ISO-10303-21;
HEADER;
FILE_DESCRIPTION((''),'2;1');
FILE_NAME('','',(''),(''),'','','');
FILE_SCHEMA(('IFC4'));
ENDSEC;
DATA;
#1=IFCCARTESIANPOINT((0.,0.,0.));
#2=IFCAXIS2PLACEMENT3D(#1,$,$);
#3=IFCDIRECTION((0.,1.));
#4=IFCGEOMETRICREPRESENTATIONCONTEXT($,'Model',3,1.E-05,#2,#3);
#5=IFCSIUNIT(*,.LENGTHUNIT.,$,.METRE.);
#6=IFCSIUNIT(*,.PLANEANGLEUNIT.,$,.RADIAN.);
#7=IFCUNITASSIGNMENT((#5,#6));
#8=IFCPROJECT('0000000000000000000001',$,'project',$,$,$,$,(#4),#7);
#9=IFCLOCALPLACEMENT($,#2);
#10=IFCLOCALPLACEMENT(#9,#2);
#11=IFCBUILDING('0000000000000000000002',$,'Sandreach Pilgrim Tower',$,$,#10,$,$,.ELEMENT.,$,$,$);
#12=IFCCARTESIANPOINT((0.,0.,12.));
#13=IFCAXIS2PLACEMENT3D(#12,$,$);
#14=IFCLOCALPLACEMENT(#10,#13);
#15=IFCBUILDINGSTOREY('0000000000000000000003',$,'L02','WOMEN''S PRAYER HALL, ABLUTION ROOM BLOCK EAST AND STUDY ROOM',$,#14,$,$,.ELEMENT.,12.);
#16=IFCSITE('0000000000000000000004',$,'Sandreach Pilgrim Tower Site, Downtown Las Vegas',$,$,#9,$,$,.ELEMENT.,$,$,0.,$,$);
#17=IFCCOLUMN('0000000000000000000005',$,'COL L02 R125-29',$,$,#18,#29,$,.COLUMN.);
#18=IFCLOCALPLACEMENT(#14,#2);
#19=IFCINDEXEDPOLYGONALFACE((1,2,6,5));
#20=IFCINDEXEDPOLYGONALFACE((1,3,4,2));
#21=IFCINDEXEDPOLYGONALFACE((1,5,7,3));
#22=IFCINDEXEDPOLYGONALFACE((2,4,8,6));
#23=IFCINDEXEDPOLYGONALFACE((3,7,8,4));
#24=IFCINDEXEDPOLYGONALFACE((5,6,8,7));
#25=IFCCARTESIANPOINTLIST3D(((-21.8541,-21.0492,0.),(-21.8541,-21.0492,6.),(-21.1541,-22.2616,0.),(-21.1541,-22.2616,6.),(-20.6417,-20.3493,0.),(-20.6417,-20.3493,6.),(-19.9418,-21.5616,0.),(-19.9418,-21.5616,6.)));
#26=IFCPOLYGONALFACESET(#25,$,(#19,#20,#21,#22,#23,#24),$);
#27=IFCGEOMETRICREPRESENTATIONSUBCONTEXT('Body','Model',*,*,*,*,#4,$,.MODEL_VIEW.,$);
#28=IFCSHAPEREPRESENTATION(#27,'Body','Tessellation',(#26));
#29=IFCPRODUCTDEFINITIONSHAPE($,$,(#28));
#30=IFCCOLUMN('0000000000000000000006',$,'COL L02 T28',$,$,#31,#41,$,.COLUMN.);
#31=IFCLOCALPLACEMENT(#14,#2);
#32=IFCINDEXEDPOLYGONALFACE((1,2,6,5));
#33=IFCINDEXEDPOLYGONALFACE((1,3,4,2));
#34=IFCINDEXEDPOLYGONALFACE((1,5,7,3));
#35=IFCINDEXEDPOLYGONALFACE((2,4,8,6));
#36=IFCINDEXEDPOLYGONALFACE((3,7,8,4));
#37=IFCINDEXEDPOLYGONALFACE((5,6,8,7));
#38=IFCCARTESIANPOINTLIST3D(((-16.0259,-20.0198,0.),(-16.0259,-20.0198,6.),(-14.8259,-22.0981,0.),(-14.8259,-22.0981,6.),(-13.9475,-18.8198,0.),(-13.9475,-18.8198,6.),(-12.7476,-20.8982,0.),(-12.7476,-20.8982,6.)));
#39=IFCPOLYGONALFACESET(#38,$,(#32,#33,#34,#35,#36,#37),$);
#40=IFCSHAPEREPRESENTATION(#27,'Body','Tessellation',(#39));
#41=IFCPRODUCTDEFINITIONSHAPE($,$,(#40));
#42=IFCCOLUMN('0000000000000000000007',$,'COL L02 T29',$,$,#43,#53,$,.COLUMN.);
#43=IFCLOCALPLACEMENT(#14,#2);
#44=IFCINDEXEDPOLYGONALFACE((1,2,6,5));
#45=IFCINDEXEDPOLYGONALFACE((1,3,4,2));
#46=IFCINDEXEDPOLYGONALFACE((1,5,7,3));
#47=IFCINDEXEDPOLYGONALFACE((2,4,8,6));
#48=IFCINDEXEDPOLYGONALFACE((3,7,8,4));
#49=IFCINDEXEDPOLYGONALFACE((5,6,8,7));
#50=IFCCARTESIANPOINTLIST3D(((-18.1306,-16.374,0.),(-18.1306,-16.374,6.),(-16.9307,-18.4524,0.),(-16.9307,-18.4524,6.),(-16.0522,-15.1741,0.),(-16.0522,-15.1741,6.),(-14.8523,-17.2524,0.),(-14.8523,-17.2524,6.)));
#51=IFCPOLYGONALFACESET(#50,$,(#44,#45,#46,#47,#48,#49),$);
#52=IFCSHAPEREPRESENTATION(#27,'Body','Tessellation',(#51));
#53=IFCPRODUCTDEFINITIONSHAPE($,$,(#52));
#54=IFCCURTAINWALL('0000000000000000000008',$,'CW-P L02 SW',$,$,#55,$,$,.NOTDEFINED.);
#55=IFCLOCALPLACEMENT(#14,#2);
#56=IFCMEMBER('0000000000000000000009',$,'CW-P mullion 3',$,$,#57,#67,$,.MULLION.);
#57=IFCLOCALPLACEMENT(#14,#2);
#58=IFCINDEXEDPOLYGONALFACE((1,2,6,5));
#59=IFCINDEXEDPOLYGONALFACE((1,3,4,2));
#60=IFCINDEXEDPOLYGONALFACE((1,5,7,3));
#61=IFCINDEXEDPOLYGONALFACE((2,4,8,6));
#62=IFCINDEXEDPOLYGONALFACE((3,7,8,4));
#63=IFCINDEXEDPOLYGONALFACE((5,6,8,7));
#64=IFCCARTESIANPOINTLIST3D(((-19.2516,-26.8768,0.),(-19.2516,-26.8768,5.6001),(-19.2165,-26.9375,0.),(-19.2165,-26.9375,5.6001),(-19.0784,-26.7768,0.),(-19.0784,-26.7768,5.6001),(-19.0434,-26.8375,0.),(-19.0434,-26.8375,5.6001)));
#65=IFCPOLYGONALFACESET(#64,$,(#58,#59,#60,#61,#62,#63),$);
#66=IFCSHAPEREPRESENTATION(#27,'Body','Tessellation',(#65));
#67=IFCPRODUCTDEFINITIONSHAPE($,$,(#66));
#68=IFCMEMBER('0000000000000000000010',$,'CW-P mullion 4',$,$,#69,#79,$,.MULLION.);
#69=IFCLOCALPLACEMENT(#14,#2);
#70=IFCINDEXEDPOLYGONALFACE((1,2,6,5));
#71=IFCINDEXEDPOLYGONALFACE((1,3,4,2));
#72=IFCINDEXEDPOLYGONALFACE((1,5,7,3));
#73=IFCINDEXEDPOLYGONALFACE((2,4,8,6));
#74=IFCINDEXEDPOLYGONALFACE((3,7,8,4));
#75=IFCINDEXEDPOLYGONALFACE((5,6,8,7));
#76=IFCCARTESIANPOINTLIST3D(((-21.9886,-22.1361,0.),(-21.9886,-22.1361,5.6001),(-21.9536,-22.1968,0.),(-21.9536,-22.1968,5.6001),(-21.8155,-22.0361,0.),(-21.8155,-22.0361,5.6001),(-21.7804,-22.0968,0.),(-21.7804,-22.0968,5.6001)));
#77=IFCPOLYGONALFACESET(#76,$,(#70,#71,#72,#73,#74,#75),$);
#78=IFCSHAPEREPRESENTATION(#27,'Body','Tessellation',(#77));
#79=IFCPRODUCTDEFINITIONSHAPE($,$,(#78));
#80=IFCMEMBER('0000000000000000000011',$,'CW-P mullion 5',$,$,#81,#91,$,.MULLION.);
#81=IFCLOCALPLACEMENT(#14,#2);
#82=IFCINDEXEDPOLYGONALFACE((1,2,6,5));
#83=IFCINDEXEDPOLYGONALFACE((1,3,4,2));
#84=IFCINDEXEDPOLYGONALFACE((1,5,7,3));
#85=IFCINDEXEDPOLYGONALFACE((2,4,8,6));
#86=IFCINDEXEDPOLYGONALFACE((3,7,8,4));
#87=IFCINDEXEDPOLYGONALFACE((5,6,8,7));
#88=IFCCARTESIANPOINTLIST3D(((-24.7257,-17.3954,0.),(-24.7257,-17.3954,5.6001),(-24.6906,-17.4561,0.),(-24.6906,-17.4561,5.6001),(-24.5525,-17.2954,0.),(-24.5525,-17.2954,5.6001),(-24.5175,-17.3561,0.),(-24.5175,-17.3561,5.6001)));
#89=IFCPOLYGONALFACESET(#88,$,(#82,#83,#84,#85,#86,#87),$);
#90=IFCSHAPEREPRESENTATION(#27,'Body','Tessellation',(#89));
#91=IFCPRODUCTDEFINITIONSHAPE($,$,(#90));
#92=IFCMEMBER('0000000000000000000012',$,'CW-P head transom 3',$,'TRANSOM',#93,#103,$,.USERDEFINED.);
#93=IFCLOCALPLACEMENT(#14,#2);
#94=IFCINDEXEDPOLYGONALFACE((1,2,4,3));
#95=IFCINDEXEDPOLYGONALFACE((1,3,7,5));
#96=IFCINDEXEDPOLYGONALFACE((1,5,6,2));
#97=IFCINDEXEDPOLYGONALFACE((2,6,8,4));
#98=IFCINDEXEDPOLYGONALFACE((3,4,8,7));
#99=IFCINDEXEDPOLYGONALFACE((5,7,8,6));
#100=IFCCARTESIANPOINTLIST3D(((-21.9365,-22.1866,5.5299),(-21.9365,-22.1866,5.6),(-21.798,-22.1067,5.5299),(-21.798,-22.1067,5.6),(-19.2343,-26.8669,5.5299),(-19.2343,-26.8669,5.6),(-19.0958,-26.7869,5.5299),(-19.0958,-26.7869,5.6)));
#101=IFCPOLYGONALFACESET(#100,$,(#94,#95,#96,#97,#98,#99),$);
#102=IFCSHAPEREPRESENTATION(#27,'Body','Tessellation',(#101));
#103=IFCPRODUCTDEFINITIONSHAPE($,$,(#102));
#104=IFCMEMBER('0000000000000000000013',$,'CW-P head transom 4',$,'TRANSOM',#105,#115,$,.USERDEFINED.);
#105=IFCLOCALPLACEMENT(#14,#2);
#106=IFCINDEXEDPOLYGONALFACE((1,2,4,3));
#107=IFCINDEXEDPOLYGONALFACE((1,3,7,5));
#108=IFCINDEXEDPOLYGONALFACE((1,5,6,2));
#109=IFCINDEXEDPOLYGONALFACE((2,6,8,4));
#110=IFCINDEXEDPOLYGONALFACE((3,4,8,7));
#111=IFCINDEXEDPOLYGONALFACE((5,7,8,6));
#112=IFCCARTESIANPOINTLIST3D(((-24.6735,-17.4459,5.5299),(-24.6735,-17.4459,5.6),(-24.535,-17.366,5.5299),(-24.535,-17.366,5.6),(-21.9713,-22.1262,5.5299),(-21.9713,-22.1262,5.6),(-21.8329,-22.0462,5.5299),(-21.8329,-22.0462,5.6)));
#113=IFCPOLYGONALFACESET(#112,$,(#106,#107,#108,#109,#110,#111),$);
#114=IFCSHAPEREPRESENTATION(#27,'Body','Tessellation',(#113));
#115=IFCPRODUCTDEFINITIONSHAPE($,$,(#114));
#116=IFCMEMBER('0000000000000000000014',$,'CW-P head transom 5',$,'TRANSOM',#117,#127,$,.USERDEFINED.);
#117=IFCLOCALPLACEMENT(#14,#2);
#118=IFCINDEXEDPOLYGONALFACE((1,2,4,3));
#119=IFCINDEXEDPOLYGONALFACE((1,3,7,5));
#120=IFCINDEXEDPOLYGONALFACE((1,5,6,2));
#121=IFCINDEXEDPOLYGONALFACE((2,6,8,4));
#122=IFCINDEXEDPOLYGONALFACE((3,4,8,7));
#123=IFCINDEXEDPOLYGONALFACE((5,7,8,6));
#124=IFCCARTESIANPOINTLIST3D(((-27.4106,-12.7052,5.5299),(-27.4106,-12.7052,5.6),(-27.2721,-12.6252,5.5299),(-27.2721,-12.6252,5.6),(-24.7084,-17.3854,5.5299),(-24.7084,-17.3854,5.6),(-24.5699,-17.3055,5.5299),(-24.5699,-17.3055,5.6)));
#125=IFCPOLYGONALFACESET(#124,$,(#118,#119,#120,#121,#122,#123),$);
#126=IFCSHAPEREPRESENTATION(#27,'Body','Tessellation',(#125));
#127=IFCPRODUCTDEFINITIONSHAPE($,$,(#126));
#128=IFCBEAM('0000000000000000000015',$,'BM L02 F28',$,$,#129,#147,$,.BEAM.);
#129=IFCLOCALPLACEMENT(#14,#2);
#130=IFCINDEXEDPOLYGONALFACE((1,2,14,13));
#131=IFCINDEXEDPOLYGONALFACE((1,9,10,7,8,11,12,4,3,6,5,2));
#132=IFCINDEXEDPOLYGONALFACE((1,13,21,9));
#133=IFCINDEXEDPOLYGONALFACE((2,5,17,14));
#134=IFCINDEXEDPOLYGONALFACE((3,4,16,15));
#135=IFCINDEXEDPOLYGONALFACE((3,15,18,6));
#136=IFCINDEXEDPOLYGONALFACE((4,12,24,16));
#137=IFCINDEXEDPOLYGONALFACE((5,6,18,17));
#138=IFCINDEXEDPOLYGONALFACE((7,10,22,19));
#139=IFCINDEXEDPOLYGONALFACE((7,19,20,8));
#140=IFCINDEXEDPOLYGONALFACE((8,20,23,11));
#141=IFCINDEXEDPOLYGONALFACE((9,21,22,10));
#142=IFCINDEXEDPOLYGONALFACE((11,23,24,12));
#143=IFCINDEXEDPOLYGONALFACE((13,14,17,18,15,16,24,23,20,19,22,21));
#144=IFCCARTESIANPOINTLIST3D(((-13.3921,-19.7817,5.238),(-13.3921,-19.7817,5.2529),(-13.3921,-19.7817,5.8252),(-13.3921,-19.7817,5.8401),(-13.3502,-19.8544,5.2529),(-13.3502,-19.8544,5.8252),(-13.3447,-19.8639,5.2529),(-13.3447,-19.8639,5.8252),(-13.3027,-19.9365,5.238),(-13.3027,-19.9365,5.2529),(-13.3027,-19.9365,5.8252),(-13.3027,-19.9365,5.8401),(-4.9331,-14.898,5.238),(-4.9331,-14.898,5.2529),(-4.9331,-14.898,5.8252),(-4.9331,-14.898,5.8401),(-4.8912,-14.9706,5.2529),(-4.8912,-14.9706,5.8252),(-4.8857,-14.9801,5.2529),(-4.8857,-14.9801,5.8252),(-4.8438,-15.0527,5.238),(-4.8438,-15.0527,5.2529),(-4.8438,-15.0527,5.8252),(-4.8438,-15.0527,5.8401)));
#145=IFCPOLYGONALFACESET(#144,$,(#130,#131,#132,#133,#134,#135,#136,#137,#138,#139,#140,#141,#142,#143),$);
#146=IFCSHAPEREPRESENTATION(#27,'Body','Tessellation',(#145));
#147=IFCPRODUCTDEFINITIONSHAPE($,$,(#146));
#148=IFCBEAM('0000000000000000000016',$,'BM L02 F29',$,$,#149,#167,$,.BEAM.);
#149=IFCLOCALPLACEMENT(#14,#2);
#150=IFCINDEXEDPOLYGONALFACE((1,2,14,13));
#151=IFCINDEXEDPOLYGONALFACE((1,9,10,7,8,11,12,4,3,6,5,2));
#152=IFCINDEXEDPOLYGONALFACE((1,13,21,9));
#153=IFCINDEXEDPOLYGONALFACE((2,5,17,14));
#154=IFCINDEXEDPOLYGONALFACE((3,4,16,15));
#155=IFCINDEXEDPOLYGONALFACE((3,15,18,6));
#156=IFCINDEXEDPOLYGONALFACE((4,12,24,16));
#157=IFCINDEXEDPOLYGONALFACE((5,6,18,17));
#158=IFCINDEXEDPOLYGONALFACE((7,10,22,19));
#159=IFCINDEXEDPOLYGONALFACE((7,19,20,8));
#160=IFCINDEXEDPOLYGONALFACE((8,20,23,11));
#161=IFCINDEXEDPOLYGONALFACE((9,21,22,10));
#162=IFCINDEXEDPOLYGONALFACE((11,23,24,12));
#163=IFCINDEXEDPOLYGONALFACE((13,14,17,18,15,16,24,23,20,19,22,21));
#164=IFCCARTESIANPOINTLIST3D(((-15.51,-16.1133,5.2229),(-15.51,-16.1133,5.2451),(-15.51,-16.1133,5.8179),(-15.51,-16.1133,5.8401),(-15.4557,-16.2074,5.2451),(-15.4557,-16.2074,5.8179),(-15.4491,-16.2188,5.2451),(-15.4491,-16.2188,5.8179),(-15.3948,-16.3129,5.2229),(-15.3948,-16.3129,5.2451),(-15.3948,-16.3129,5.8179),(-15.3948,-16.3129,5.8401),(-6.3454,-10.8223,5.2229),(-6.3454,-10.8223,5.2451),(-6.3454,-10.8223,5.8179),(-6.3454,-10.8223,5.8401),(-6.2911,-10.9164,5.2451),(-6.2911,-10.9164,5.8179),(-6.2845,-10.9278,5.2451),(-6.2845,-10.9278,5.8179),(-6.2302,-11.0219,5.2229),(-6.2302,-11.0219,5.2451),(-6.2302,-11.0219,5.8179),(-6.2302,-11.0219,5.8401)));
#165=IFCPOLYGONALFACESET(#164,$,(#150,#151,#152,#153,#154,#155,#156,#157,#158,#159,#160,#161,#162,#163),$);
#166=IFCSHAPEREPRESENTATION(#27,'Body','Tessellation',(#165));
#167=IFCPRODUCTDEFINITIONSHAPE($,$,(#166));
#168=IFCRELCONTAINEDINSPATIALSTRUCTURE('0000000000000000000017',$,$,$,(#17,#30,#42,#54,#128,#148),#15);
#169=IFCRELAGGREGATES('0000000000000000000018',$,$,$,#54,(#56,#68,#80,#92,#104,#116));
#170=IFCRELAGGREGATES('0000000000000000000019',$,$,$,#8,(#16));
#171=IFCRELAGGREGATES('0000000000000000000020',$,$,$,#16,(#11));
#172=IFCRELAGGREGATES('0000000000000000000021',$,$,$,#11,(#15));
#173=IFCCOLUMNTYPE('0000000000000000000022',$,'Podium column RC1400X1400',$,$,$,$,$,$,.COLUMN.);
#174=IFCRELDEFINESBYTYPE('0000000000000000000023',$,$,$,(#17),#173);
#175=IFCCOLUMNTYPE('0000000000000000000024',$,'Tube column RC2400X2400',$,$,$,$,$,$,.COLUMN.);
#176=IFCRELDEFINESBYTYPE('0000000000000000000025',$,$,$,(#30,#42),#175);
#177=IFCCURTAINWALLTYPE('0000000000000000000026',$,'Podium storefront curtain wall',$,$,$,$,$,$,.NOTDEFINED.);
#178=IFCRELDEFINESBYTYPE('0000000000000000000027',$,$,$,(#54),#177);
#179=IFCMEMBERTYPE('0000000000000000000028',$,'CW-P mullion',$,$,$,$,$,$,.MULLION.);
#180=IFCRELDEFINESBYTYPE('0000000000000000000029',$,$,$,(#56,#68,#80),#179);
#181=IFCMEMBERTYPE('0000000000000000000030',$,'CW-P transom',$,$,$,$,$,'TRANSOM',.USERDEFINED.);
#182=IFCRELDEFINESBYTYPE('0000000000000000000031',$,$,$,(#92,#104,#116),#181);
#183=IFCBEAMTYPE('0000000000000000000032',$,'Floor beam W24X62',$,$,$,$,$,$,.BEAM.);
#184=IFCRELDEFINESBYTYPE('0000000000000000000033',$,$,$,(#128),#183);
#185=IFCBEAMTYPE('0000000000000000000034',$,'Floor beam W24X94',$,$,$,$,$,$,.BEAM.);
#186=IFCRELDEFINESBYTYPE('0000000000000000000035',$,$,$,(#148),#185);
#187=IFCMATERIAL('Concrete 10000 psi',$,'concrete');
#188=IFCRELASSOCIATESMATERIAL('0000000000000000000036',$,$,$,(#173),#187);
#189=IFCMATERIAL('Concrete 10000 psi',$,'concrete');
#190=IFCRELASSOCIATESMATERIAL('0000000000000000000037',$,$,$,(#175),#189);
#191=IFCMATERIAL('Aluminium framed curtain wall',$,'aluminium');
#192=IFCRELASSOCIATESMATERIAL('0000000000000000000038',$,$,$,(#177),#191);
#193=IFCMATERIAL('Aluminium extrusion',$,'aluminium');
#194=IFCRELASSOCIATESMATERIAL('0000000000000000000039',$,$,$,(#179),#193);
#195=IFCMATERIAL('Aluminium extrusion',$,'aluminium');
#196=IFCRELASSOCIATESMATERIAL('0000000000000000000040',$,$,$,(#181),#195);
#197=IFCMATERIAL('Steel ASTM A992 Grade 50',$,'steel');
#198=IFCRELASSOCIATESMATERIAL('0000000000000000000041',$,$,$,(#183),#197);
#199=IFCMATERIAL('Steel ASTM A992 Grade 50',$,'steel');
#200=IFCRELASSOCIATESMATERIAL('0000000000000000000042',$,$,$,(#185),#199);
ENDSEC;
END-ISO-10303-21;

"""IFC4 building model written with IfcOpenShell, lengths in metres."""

from ifc_helpers import new_model, si_unit, direction, frame, origin, origin_2d, place, context, subcontext, project, spatial, rectangle, i_section, extrude, material, material_profile, profile_set, type_object, element, aggregate, save


model = new_model("IFC4")

# Units and contexts
model_context = context("Model", 3, precision=1e-05, world=origin(), true_north=direction((0.0, 1.0)))
body_context = subcontext(model_context, "Body", "Model", "MODEL_VIEW")
ifc_project = project(units=[si_unit("LENGTHUNIT", "METRE"), si_unit("PLANEANGLEUNIT", "RADIAN")], contexts=[model_context])

# Site, building, storey
site_placement = place(None, origin())
site = spatial("IfcSite", under=ifc_project, at=site_placement, Name="Sandreach Pilgrim Tower Site, Downtown Las Vegas", CompositionType="ELEMENT", RefElevation=0.0)
building_placement = place(site_placement, origin())
building = spatial("IfcBuilding", under=site, at=building_placement, Name="Sandreach Pilgrim Tower", CompositionType="ELEMENT")
storey_placement = place(building_placement, frame((0.0, 0.0, 12.0)))
storey = spatial("IfcBuildingStorey", under=building, at=storey_placement, Name="L02", Description="WOMEN'S PRAYER HALL, ABLUTION ROOM BLOCK EAST AND STUDY ROOM", CompositionType="ELEMENT", Elevation=12.0)

# Columns
ifc_material_1 = material(Name="Concrete 10000 psi", Category="concrete")
ifc_material_profile_1 = material_profile(ifc_material_1, rectangle(XDim=1.3999, YDim=1.3999, at=origin_2d()), Name="RC1400X1400")
ifc_profile_set_1 = profile_set([ifc_material_profile_1], Name="Concrete 10000 psi")
column_type_1 = type_object("IfcColumnType", Name="Podium column RC1400X1400", PredefinedType="COLUMN", material=ifc_profile_set_1)
column_placement = place(storey_placement, frame((-20.8979, -21.3054, 0.0), z_axis=(0.0, 0.0, 1.0), x_axis=(-0.866025, -0.5, 0.0)))
element("IfcColumn", 1, at=column_placement, inside=storey, type_object=column_type_1, Name="COL L02 R125-29", PredefinedType="COLUMN", context=body_context, shape_type="SweptSolid", body=[
    extrude(rectangle(XDim=1.3999, YDim=1.3999, at=origin_2d()), origin(), (0.0, 0.0, 1.0), 6.0),
])
ifc_material_2 = material(Name="Concrete 10000 psi", Category="concrete")
ifc_material_profile_2 = material_profile(ifc_material_2, rectangle(XDim=2.3999, YDim=2.3999, at=origin_2d()), Name="RC2400X2400")
ifc_profile_set_2 = profile_set([ifc_material_profile_2], Name="Concrete 10000 psi")
column_type_2 = type_object("IfcColumnType", Name="Tube column RC2400X2400", PredefinedType="COLUMN", material=ifc_profile_set_2)
for number, where, z_axis, x_axis, name in (
    (2, (-14.3867, -20.459, 0.0), (0.0, 0.0, 1.0), (-0.866025, -0.5, 0.0), "COL L02 T28"),
    (3, (-16.4915, -16.8132, 0.0), (0.0, 0.0, 1.0), (-0.866025, -0.5, 0.0), "COL L02 T29"),
):
    element("IfcColumn", number, at=place(storey_placement, frame(where, z_axis=z_axis, x_axis=x_axis)), inside=storey, type_object=column_type_2, Name=name, PredefinedType="COLUMN", context=body_context, shape_type="SweptSolid", body=[
        extrude(rectangle(XDim=2.3999, YDim=2.3999, at=origin_2d()), origin(), (0.0, 0.0, 1.0), 6.0),
    ])

# Curtain wall, members
ifc_material_3 = material(Name="Aluminium framed curtain wall", Category="aluminium")
curtain_wall_type = type_object("IfcCurtainWallType", Name="Podium storefront curtain wall", PredefinedType="NOTDEFINED", material=ifc_material_3)
curtain_wall_placement = place(storey_placement, origin())
curtain_wall = element("IfcCurtainWall", 4, at=curtain_wall_placement, inside=storey, type_object=curtain_wall_type, Name="CW-P L02 SW", PredefinedType="NOTDEFINED")
ifc_material_4 = material(Name="Aluminium extrusion", Category="aluminium")
ifc_material_profile_3 = material_profile(ifc_material_4, rectangle(XDim=0.0701, YDim=0.2, at=origin_2d()), Name="CW-PM 70X200")
ifc_profile_set_3 = profile_set([ifc_material_profile_3], Name="Aluminium extrusion")
member_type_1 = type_object("IfcMemberType", Name="CW-P mullion", PredefinedType="MULLION", material=ifc_profile_set_3)
member_1_placement = place(storey_placement, frame((-19.1475, -26.8572, 0.0), z_axis=(0.0, 0.0, 1.0), x_axis=(-0.5, 0.866025, 0.0)))
member_1 = element("IfcMember", 5, at=member_1_placement, type_object=member_type_1, Name="CW-P mullion 3", PredefinedType="MULLION", context=body_context, shape_type="SweptSolid", body=[
    extrude(rectangle(XDim=0.0701, YDim=0.2, at=origin_2d()), origin(), (0.0, 0.0, 1.0), 5.6001),
])
member_2_placement = place(storey_placement, frame((-21.8845, -22.1165, 0.0), z_axis=(0.0, 0.0, 1.0), x_axis=(-0.5, 0.866025, 0.0)))
member_2 = element("IfcMember", 6, at=member_2_placement, type_object=member_type_1, Name="CW-P mullion 4", PredefinedType="MULLION", context=body_context, shape_type="SweptSolid", body=[
    extrude(rectangle(XDim=0.0701, YDim=0.2, at=origin_2d()), origin(), (0.0, 0.0, 1.0), 5.6001),
])
member_3_placement = place(storey_placement, frame((-24.6216, -17.3757, 0.0), z_axis=(0.0, 0.0, 1.0), x_axis=(-0.5, 0.866025, 0.0)))
member_3 = element("IfcMember", 7, at=member_3_placement, type_object=member_type_1, Name="CW-P mullion 5", PredefinedType="MULLION", context=body_context, shape_type="SweptSolid", body=[
    extrude(rectangle(XDim=0.0701, YDim=0.2, at=origin_2d()), origin(), (0.0, 0.0, 1.0), 5.6001),
])
ifc_material_5 = material(Name="Aluminium extrusion", Category="aluminium")
ifc_material_profile_4 = material_profile(ifc_material_5, rectangle(XDim=0.1599, YDim=0.0701, at=origin_2d()), Name="CW-PT 160X70")
ifc_profile_set_4 = profile_set([ifc_material_profile_4], Name="Aluminium extrusion")
member_type_2 = type_object("IfcMemberType", Name="CW-P transom", ElementType="TRANSOM", PredefinedType="USERDEFINED", material=ifc_profile_set_4)
member_4_placement = place(storey_placement, frame((-19.165, -26.8269, 5.5649), z_axis=(-0.500007, 0.866022, 0.0), x_axis=(-0.866022, -0.500007, 0.0)))
member_4 = element("IfcMember", 8, at=member_4_placement, type_object=member_type_2, Name="CW-P head transom 3", ObjectType="TRANSOM", PredefinedType="USERDEFINED", context=body_context, shape_type="SweptSolid", body=[
    extrude(rectangle(XDim=0.1599, YDim=0.0701, at=origin_2d()), origin(), (0.0, 0.0, 1.0), 5.4043),
])
member_5_placement = place(storey_placement, frame((-21.9021, -22.0862, 5.5649), z_axis=(-0.500007, 0.866022, 0.0), x_axis=(-0.866022, -0.500007, 0.0)))
member_5 = element("IfcMember", 9, at=member_5_placement, type_object=member_type_2, Name="CW-P head transom 4", ObjectType="TRANSOM", PredefinedType="USERDEFINED", context=body_context, shape_type="SweptSolid", body=[
    extrude(rectangle(XDim=0.1599, YDim=0.0701, at=origin_2d()), origin(), (0.0, 0.0, 1.0), 5.4043),
])
member_6_placement = place(storey_placement, frame((-24.6392, -17.3455, 5.5649), z_axis=(-0.500007, 0.866022, 0.0), x_axis=(-0.866022, -0.500007, 0.0)))
member_6 = element("IfcMember", 10, at=member_6_placement, type_object=member_type_2, Name="CW-P head transom 5", ObjectType="TRANSOM", PredefinedType="USERDEFINED", context=body_context, shape_type="SweptSolid", body=[
    extrude(rectangle(XDim=0.1599, YDim=0.0701, at=origin_2d()), origin(), (0.0, 0.0, 1.0), 5.4043),
])

# Beams
ifc_material_6 = material(Name="Steel ASTM A992 Grade 50", Category="steel")
ifc_material_profile_5 = material_profile(ifc_material_6, i_section(OverallWidth=0.1787, OverallDepth=0.6021, WebThickness=0.011, FlangeThickness=0.0149, at=origin_2d()), Name="W24X62")
ifc_profile_set_5 = profile_set([ifc_material_profile_5], Name="Steel ASTM A992 Grade 50")
beam_type_1 = type_object("IfcBeamType", Name="Floor beam W24X62", PredefinedType="BEAM", material=ifc_profile_set_5)
beam_1_placement = place(storey_placement, frame((-13.3474, -19.8591, 5.5391), z_axis=(0.866026, 0.499999, 0.0), x_axis=(-0.499999, 0.866026, 0.0)))
element("IfcBeam", 11, at=beam_1_placement, inside=storey, type_object=beam_type_1, Name="BM L02 F28", PredefinedType="BEAM", context=body_context, shape_type="SweptSolid", body=[
    extrude(i_section(OverallWidth=0.1787, OverallDepth=0.6021, WebThickness=0.011, FlangeThickness=0.0149, at=origin_2d()), origin(), (0.0, 0.0, 1.0), 9.7676),
])
ifc_material_7 = material(Name="Steel ASTM A992 Grade 50", Category="steel")
ifc_material_profile_6 = material_profile(ifc_material_7, i_section(OverallWidth=0.2305, OverallDepth=0.6172, WebThickness=0.0132, FlangeThickness=0.0222, at=origin_2d()), Name="W24X94")
ifc_profile_set_6 = profile_set([ifc_material_profile_6], Name="Steel ASTM A992 Grade 50")
beam_type_2 = type_object("IfcBeamType", Name="Floor beam W24X94", PredefinedType="BEAM", material=ifc_profile_set_6)
beam_2_placement = place(storey_placement, frame((-15.4524, -16.2131, 5.5315), z_axis=(0.866031, 0.49999, 0.0), x_axis=(-0.49999, 0.866031, 0.0)))
element("IfcBeam", 12, at=beam_2_placement, inside=storey, type_object=beam_type_2, Name="BM L02 F29", PredefinedType="BEAM", context=body_context, shape_type="SweptSolid", body=[
    extrude(i_section(OverallWidth=0.2305, OverallDepth=0.6172, WebThickness=0.0132, FlangeThickness=0.0222, at=origin_2d()), origin(), (0.0, 0.0, 1.0), 10.5823),
])

aggregate(curtain_wall, [member_1, member_2, member_3, member_4, member_5, member_6])

save(model, "model.ifc")
